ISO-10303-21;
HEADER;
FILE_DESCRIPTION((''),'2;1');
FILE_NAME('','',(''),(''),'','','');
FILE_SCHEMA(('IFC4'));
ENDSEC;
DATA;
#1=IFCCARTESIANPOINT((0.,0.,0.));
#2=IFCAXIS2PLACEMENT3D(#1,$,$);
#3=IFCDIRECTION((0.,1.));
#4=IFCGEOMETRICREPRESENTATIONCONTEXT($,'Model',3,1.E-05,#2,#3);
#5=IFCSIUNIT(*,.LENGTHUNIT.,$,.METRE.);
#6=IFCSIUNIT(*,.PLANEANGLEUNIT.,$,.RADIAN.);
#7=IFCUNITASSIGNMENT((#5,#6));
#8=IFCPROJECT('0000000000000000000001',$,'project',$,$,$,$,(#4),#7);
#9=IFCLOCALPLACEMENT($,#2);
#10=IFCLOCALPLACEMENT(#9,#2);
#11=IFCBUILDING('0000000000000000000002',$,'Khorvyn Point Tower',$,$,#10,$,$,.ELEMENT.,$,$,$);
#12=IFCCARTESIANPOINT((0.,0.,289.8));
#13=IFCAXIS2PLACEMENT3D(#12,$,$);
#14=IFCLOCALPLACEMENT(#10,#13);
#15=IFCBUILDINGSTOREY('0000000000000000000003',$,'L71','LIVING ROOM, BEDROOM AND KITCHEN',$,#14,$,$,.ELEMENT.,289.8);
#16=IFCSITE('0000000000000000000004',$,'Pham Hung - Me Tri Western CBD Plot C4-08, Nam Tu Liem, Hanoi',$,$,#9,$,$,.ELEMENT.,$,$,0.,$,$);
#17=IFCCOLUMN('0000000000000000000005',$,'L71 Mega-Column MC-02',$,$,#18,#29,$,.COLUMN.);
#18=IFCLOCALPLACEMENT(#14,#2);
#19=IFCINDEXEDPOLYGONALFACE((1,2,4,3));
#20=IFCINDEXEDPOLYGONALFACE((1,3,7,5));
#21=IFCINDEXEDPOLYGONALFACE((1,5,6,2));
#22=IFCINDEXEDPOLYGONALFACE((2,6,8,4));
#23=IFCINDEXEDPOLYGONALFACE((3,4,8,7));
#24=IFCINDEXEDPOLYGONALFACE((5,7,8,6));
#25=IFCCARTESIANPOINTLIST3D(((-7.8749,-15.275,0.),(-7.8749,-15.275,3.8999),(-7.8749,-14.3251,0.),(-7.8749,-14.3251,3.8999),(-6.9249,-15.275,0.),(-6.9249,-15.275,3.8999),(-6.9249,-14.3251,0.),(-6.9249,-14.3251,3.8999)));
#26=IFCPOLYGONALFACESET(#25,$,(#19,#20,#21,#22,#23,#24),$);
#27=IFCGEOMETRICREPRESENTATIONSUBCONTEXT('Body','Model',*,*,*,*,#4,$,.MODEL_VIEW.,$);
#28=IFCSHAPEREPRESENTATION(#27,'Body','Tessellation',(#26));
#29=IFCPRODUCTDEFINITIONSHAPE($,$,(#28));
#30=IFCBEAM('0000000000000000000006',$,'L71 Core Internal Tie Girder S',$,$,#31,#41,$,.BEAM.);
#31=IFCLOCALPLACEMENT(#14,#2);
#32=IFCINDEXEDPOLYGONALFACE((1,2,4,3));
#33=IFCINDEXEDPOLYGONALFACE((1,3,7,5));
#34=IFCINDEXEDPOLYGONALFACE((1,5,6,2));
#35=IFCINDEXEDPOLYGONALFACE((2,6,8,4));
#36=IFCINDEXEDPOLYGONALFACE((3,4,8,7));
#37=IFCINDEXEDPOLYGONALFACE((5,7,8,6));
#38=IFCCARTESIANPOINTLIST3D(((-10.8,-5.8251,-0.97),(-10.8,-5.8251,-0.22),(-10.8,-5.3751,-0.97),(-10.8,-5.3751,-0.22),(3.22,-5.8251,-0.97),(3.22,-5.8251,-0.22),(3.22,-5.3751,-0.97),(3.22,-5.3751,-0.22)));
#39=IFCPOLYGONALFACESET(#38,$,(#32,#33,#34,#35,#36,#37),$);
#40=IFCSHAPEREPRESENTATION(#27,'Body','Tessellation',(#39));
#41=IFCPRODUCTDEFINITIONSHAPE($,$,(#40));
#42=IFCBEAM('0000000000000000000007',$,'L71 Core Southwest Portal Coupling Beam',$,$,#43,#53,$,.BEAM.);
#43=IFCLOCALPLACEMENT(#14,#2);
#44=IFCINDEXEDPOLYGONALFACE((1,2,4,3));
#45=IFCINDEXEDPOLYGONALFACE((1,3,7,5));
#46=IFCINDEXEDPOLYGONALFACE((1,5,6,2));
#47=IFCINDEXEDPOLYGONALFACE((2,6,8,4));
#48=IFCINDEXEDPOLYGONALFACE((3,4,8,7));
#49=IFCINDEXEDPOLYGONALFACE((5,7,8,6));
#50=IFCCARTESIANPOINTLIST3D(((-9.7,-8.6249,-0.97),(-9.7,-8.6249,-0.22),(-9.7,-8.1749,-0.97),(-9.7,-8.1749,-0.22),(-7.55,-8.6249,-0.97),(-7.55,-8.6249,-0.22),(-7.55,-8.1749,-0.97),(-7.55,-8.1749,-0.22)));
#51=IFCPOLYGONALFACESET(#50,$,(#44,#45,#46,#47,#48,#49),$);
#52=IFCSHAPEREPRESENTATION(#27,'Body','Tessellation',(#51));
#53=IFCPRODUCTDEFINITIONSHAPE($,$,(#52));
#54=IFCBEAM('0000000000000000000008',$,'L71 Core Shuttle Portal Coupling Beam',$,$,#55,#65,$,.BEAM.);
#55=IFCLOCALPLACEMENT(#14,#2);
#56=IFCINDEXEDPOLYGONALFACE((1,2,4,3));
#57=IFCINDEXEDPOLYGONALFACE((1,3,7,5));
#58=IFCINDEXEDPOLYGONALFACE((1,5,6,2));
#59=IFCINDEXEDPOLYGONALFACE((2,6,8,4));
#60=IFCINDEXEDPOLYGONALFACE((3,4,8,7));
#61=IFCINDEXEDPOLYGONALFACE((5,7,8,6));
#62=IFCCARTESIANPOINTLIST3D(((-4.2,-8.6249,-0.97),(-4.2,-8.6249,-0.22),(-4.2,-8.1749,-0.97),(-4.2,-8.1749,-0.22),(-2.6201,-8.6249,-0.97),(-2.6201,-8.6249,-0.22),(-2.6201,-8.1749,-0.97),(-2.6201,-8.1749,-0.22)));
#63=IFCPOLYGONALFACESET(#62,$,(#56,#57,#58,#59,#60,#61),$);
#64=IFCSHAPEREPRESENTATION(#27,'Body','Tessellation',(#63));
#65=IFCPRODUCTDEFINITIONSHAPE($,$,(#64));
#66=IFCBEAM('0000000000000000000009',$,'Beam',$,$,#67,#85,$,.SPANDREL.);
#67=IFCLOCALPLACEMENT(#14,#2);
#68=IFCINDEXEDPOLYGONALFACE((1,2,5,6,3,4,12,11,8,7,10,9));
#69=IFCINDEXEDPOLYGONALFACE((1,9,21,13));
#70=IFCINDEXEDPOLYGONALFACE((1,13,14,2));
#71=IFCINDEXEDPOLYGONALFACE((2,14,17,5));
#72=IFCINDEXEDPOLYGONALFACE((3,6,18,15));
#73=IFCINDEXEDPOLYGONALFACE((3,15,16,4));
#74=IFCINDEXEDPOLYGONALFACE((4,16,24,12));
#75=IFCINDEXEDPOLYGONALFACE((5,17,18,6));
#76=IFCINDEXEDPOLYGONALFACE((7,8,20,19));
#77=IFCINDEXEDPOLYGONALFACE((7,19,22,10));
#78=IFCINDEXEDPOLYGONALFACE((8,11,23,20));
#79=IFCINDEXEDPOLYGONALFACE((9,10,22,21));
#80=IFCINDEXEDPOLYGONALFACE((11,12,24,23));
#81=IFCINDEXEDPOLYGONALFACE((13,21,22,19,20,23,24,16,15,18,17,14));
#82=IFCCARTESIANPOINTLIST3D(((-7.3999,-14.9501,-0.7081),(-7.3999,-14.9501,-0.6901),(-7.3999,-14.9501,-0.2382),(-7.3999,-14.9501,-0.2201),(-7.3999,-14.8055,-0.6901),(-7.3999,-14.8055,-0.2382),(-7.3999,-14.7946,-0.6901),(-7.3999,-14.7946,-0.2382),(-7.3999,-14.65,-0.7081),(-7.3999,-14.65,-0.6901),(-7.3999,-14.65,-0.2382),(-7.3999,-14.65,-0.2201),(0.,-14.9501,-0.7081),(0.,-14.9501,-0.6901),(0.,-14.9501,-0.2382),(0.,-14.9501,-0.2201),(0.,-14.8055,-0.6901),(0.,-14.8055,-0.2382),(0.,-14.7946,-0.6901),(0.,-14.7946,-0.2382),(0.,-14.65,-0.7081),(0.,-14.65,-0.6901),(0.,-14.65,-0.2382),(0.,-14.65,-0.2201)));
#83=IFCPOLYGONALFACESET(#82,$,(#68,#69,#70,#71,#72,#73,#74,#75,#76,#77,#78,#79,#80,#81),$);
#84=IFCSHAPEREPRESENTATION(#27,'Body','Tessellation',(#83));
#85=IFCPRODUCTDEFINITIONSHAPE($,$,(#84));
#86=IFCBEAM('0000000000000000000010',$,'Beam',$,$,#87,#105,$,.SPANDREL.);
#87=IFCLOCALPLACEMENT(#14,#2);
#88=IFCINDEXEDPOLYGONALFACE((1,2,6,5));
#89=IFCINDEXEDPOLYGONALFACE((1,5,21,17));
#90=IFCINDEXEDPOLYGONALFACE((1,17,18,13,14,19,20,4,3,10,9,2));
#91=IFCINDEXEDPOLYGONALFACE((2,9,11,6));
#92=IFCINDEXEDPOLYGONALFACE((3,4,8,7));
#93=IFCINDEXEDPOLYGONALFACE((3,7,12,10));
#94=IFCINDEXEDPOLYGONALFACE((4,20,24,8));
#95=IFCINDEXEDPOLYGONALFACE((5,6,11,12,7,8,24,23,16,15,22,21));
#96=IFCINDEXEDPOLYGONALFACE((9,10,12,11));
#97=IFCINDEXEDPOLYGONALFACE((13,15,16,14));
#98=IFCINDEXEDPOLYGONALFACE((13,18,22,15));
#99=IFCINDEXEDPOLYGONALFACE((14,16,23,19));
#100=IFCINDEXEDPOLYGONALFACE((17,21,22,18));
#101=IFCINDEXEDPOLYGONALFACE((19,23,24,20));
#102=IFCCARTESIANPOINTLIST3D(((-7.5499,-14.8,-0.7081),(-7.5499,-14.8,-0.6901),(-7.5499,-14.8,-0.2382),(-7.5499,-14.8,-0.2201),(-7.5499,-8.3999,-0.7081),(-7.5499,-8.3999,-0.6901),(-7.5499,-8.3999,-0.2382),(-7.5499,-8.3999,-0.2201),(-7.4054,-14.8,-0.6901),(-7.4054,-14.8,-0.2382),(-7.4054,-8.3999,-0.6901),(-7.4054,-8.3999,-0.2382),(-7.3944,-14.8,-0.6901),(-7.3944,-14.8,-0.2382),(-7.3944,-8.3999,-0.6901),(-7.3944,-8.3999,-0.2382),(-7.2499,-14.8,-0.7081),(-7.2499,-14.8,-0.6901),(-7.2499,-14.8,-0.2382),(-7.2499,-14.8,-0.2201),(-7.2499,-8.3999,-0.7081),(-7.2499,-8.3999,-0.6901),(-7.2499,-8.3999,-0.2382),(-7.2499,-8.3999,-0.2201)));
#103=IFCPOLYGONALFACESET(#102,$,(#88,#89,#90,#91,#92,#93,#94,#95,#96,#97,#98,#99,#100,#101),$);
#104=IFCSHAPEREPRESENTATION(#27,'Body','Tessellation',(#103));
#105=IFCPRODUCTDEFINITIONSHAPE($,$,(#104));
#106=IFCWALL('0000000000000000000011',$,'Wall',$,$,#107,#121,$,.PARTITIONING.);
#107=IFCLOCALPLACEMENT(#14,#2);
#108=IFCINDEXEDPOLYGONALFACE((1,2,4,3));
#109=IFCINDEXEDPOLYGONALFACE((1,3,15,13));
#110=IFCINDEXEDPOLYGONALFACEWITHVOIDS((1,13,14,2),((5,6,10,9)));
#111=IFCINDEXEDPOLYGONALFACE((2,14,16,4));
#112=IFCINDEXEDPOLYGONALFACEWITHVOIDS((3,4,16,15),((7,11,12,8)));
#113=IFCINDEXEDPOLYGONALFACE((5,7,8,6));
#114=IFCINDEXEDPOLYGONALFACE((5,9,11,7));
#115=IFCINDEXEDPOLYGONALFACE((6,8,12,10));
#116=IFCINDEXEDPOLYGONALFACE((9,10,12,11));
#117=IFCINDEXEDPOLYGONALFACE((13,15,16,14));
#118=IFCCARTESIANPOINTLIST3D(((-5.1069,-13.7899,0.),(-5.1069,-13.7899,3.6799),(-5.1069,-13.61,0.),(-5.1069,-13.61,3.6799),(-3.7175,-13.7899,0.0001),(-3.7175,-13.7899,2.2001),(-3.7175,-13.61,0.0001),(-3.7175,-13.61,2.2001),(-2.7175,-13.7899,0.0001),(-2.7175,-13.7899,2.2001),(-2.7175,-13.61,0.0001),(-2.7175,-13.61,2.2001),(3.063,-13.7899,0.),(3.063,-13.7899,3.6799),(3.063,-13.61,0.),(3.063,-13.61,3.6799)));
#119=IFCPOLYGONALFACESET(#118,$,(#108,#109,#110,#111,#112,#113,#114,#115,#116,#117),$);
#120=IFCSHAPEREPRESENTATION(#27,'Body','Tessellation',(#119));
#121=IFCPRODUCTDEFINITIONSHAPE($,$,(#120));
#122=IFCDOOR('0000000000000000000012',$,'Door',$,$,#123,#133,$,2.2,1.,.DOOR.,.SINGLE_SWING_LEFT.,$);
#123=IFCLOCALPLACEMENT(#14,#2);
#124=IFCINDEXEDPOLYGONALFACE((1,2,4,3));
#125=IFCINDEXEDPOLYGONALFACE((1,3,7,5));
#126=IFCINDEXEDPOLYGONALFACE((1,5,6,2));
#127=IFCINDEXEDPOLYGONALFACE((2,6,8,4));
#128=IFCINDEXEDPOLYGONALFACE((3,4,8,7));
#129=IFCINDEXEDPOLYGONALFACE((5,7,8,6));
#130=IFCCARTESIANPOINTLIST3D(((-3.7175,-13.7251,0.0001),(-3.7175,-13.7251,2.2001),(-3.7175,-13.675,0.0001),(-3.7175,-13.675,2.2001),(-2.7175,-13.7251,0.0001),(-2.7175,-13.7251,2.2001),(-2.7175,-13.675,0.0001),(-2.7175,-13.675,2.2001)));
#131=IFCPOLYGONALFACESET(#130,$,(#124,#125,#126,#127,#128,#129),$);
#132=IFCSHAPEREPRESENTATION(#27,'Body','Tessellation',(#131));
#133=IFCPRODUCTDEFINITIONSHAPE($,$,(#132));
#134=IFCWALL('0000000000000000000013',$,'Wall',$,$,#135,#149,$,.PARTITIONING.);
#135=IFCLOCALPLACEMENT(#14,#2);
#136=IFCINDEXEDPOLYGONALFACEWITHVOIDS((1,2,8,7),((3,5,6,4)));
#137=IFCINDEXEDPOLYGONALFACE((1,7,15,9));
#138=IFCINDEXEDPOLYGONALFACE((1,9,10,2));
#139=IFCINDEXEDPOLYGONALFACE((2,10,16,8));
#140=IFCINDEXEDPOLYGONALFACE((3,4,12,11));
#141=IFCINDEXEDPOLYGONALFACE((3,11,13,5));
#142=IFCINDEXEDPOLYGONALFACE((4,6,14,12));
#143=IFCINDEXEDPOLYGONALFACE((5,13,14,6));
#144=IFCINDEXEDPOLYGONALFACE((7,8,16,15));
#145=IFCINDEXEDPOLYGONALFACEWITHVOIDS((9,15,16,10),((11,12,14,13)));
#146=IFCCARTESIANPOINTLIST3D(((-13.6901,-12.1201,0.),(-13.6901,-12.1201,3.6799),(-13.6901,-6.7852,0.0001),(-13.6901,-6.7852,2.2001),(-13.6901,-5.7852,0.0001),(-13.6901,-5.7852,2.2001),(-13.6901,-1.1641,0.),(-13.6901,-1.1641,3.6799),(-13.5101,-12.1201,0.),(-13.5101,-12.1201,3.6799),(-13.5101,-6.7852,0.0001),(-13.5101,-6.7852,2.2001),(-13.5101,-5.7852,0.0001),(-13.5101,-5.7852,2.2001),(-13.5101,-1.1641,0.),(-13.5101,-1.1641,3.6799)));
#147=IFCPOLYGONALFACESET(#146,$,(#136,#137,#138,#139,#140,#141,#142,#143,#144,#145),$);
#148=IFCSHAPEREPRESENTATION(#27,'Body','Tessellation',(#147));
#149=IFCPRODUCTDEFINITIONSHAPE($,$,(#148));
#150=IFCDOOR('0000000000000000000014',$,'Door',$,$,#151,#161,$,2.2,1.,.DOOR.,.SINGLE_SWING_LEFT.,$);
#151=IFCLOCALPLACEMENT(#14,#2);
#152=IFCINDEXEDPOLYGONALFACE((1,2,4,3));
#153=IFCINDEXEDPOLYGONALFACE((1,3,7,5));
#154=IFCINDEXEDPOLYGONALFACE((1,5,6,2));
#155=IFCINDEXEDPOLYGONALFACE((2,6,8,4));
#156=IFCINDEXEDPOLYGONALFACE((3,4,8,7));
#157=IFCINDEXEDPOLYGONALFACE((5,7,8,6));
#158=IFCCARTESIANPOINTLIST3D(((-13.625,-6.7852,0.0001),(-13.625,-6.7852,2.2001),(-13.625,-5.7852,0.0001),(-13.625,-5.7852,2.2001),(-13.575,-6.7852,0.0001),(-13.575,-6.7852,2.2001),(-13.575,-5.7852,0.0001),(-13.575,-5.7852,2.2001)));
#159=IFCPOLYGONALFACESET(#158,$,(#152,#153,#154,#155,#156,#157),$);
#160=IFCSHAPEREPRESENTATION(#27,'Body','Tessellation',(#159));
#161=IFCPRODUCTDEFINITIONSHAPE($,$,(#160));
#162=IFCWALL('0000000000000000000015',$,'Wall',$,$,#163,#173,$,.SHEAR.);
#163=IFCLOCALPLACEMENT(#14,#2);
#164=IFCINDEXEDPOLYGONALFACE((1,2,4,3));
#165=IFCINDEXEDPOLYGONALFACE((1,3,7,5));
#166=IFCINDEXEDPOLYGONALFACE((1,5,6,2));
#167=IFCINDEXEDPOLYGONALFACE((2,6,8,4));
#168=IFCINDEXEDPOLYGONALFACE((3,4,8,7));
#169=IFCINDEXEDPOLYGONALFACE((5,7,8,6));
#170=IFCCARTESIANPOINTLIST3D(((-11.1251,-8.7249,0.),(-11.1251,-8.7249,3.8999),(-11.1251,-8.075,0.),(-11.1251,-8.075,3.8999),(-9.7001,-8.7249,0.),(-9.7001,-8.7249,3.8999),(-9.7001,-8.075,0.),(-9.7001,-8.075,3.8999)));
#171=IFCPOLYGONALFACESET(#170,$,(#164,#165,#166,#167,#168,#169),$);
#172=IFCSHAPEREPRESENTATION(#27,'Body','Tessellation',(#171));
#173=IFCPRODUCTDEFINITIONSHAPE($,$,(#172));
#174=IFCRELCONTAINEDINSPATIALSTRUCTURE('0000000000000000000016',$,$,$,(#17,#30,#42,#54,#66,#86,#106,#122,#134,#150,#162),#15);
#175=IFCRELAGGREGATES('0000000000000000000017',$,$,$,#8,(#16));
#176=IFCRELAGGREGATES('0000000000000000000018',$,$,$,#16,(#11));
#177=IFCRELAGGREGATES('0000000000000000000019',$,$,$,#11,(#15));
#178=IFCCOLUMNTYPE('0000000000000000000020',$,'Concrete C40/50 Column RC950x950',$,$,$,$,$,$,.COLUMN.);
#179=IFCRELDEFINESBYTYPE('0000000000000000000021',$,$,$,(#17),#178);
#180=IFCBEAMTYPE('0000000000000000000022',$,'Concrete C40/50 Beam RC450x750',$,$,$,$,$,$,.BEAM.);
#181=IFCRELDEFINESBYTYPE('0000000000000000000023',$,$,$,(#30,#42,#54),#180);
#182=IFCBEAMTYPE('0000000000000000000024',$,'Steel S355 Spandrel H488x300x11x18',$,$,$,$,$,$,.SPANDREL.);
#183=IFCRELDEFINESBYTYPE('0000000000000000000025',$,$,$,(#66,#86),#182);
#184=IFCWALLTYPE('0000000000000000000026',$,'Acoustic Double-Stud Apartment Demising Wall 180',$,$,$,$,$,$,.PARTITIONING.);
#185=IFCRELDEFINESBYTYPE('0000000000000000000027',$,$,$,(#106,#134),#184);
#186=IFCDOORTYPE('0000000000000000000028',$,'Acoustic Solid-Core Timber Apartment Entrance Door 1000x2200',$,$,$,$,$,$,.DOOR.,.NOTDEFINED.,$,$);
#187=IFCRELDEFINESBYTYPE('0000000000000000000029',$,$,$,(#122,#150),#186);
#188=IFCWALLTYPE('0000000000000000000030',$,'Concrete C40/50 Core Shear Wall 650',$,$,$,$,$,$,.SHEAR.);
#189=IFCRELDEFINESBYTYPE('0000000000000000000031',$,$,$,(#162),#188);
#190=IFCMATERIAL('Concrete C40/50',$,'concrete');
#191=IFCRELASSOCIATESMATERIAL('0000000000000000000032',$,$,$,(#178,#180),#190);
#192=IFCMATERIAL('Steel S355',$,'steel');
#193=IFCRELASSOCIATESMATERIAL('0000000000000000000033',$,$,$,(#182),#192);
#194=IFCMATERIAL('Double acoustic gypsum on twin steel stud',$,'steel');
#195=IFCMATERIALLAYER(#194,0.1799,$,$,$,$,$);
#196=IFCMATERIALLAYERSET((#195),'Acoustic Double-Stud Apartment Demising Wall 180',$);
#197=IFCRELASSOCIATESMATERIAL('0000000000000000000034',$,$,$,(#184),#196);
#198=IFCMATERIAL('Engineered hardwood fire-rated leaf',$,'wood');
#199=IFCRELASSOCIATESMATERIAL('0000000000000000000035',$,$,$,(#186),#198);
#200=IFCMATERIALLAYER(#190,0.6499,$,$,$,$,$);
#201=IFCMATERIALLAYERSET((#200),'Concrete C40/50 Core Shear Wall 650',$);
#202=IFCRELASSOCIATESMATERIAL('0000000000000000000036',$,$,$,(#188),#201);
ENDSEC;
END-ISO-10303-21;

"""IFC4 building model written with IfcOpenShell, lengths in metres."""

from ifc_helpers import new_model, si_unit, direction, frame, frame_2d, origin, origin_2d, place, context, subcontext, project, spatial, rectangle, i_section, extrude, material, layer, layer_set, material_profile, profile_set, type_object, element, fill, save


model = new_model("IFC4")

# Units and contexts
model_context = context("Model", 3, precision=1e-05, world=origin(), true_north=direction((0.0, 1.0)))
body_context = subcontext(model_context, "Body", "Model", "MODEL_VIEW")
ifc_project = project(units=[si_unit("LENGTHUNIT", "METRE"), si_unit("PLANEANGLEUNIT", "RADIAN")], contexts=[model_context])

# Site, building, storey
site_placement = place(None, origin())
site = spatial("IfcSite", under=ifc_project, at=site_placement, Name="Pham Hung - Me Tri Western CBD Plot C4-08, Nam Tu Liem, Hanoi", CompositionType="ELEMENT", RefElevation=0.0)
building_placement = place(site_placement, origin())
building = spatial("IfcBuilding", under=site, at=building_placement, Name="Khorvyn Point Tower", CompositionType="ELEMENT")
storey_placement = place(building_placement, frame((0.0, 0.0, 289.8)))
storey = spatial("IfcBuildingStorey", under=building, at=storey_placement, Name="L71", Description="LIVING ROOM, BEDROOM AND KITCHEN", CompositionType="ELEMENT", Elevation=289.8)

# Column
ifc_material_1 = material(Name="Concrete C40/50", Category="concrete")
ifc_material_profile_1 = material_profile(ifc_material_1, rectangle(XDim=0.95, YDim=0.95, at=origin_2d()))
ifc_profile_set_1 = profile_set([ifc_material_profile_1], Name="Concrete C40/50 RC950x950")
column_type = type_object("IfcColumnType", Name="Concrete C40/50 Column RC950x950", PredefinedType="COLUMN", material=ifc_profile_set_1)
column_placement = place(storey_placement, frame((-7.3999, -14.8, 0.0), z_axis=(0.0, 0.0, 1.0), x_axis=(1.0, 0.0, 0.0)))
element("IfcColumn", 1, at=column_placement, inside=storey, type_object=column_type, Name="L71 Mega-Column MC-02", PredefinedType="COLUMN", context=body_context, shape_type="SweptSolid", body=[
    extrude(rectangle(XDim=0.95, YDim=0.95, at=origin_2d()), origin(), (0.0, 0.0, 1.0), 3.8999),
])

# Beams
ifc_material_profile_2 = material_profile(ifc_material_1, rectangle(XDim=0.45, YDim=0.75, at=origin_2d()))
ifc_profile_set_2 = profile_set([ifc_material_profile_2], Name="Concrete C40/50 RC450x750")
beam_type_1 = type_object("IfcBeamType", Name="Concrete C40/50 Beam RC450x750", PredefinedType="BEAM", material=ifc_profile_set_2)
beam_1_placement = place(storey_placement, frame((-10.8, -5.6001, -0.595), z_axis=(1.0, 0.0, 0.0), x_axis=(0.0, 1.0, 0.0)))
element("IfcBeam", 2, at=beam_1_placement, inside=storey, type_object=beam_type_1, Name="L71 Core Internal Tie Girder S", PredefinedType="BEAM", context=body_context, shape_type="SweptSolid", body=[
    extrude(rectangle(XDim=0.45, YDim=0.75, at=origin_2d()), origin(), (0.0, 0.0, 1.0), 14.02),
])
beam_2_placement = place(storey_placement, frame((-9.7, -8.3999, -0.595), z_axis=(1.0, 0.0, 0.0), x_axis=(0.0, 1.0, 0.0)))
element("IfcBeam", 3, at=beam_2_placement, inside=storey, type_object=beam_type_1, Name="L71 Core Southwest Portal Coupling Beam", PredefinedType="BEAM", context=body_context, shape_type="SweptSolid", body=[
    extrude(rectangle(XDim=0.45, YDim=0.75, at=origin_2d()), origin(), (0.0, 0.0, 1.0), 2.1499),
])
beam_3_placement = place(storey_placement, frame((-4.2, -8.3999, -0.595), z_axis=(1.0, 0.0, 0.0), x_axis=(0.0, 1.0, 0.0)))
element("IfcBeam", 4, at=beam_3_placement, inside=storey, type_object=beam_type_1, Name="L71 Core Shuttle Portal Coupling Beam", PredefinedType="BEAM", context=body_context, shape_type="SweptSolid", body=[
    extrude(rectangle(XDim=0.45, YDim=0.75, at=origin_2d()), origin(), (0.0, 0.0, 1.0), 1.5798),
])
ifc_material_2 = material(Name="Steel S355", Category="steel")
ifc_material_profile_3 = material_profile(ifc_material_2, i_section(OverallWidth=0.3, OverallDepth=0.488, WebThickness=0.011, FlangeThickness=0.0181, at=origin_2d()))
ifc_profile_set_3 = profile_set([ifc_material_profile_3], Name="Steel S355 H488x300x11x18")
beam_type_2 = type_object("IfcBeamType", Name="Steel S355 Spandrel H488x300x11x18", PredefinedType="SPANDREL", material=ifc_profile_set_3)
beam_4_placement = place(storey_placement, frame((-7.3999, -14.8, -0.4641), z_axis=(1.0, 0.0, 0.0), x_axis=(0.0, 1.0, 0.0)))
element("IfcBeam", 5, at=beam_4_placement, inside=storey, type_object=beam_type_2, Name="Beam", PredefinedType="SPANDREL", context=body_context, shape_type="SweptSolid", body=[
    extrude(i_section(OverallWidth=0.3, OverallDepth=0.488, WebThickness=0.011, FlangeThickness=0.0181, at=origin_2d()), origin(), (0.0, 0.0, 1.0), 7.3999),
])
beam_5_placement = place(storey_placement, frame((-7.3999, -14.8, -0.4641), z_axis=(0.0, 1.0, 0.0), x_axis=(-1.0, 0.0, 0.0)))
element("IfcBeam", 6, at=beam_5_placement, inside=storey, type_object=beam_type_2, Name="Beam", PredefinedType="SPANDREL", context=body_context, shape_type="SweptSolid", body=[
    extrude(i_section(OverallWidth=0.3, OverallDepth=0.488, WebThickness=0.011, FlangeThickness=0.0181, at=origin_2d()), origin(), (0.0, 0.0, 1.0), 6.4001),
])

# Walls, openings, doors
ifc_material_3 = material(Name="Double acoustic gypsum on twin steel stud", Category="steel")
ifc_layer_1 = layer(ifc_material_3, 0.1799)
ifc_layer_set_1 = layer_set([ifc_layer_1], Name="Acoustic Double-Stud Apartment Demising Wall 180")
wall_type_1 = type_object("IfcWallType", Name="Acoustic Double-Stud Apartment Demising Wall 180", PredefinedType="PARTITIONING", material=ifc_layer_set_1)
wall_1_placement = place(storey_placement, frame((-5.1069, -13.7, 0.0), z_axis=(0.0, 0.0, 1.0), x_axis=(1.0, 0.0, 0.0)))
wall_1 = element("IfcWall", 7, at=wall_1_placement, inside=storey, type_object=wall_type_1, Name="Wall", PredefinedType="PARTITIONING", context=body_context, shape_type="SweptSolid", body=[
    extrude(rectangle(XDim=8.1699, YDim=0.1799, at=frame_2d((4.085, 0.0))), origin(), (0.0, 0.0, 1.0), 3.6799),
])
opening_1_placement = place(wall_1_placement, frame((1.3894, 0.0, 0.0)))
opening_1 = element("IfcOpeningElement", 8, at=opening_1_placement, cuts=wall_1, PredefinedType="OPENING", context=body_context, shape_type="SweptSolid", body=[
    extrude(rectangle(XDim=1.0, YDim=2.2, at=frame_2d((0.5, 1.1001))), frame((0.0, 0.0999, 0.0), z_axis=(0.0, -1.0, 0.0), x_axis=(1.0, 0.0, 0.0)), (0.0, 0.0, 1.0), 0.2),
])
ifc_material_4 = material(Name="Engineered hardwood fire-rated leaf", Category="wood")
door_type_1 = type_object("IfcDoorType", Name="Acoustic Solid-Core Timber Apartment Entrance Door 1000x2200", OperationType="NOTDEFINED", PredefinedType="DOOR", material=ifc_material_4)
door_1_placement = place(opening_1_placement, origin())
door_1 = element("IfcDoor", 9, at=door_1_placement, inside=storey, type_object=door_type_1, Name="Door", OperationType="SINGLE_SWING_LEFT", OverallHeight=2.2, OverallWidth=1.0, PredefinedType="DOOR", context=body_context, shape_type="SweptSolid", body=[
    extrude(rectangle(XDim=1.0, YDim=2.2, at=frame_2d((0.5, 1.1001))), frame((0.0, 0.0249, 0.0), z_axis=(0.0, -1.0, 0.0), x_axis=(1.0, 0.0, 0.0)), (0.0, 0.0, 1.0), 0.05),
])
fill(opening_1, door_1)
wall_2_placement = place(storey_placement, frame((-13.6001, -12.1201, 0.0), z_axis=(0.0, 0.0, 1.0), x_axis=(0.0, 1.0, 0.0)))
wall_2 = element("IfcWall", 10, at=wall_2_placement, inside=storey, type_object=wall_type_1, Name="Wall", PredefinedType="PARTITIONING", context=body_context, shape_type="SweptSolid", body=[
    extrude(rectangle(XDim=10.9561, YDim=0.1799, at=frame_2d((5.478, 0.0))), origin(), (0.0, 0.0, 1.0), 3.6799),
])
opening_2_placement = place(wall_2_placement, frame((5.335, 0.0, 0.0)))
opening_2 = element("IfcOpeningElement", 11, at=opening_2_placement, cuts=wall_2, PredefinedType="OPENING", context=body_context, shape_type="SweptSolid", body=[
    extrude(rectangle(XDim=1.0, YDim=2.2, at=frame_2d((0.5, 1.1001))), frame((0.0, 0.0999, 0.0), z_axis=(0.0, -1.0, 0.0), x_axis=(1.0, 0.0, 0.0)), (0.0, 0.0, 1.0), 0.2),
])
door_2_placement = place(opening_2_placement, origin())
door_2 = element("IfcDoor", 12, at=door_2_placement, inside=storey, type_object=door_type_1, Name="Door", OperationType="SINGLE_SWING_LEFT", OverallHeight=2.2, OverallWidth=1.0, PredefinedType="DOOR", context=body_context, shape_type="SweptSolid", body=[
    extrude(rectangle(XDim=1.0, YDim=2.2, at=frame_2d((0.5, 1.1001))), frame((0.0, 0.0249, 0.0), z_axis=(0.0, -1.0, 0.0), x_axis=(1.0, 0.0, 0.0)), (0.0, 0.0, 1.0), 0.05),
])
fill(opening_2, door_2)

# Wall
ifc_layer_2 = layer(ifc_material_1, 0.6499)
ifc_layer_set_2 = layer_set([ifc_layer_2], Name="Concrete C40/50 Core Shear Wall 650")
wall_type_2 = type_object("IfcWallType", Name="Concrete C40/50 Core Shear Wall 650", PredefinedType="SHEAR", material=ifc_layer_set_2)
wall_3_placement = place(storey_placement, frame((-11.125, -8.3999, 0.0), z_axis=(0.0, 0.0, 1.0), x_axis=(1.0, 0.0, 0.0)))
element("IfcWall", 13, at=wall_3_placement, inside=storey, type_object=wall_type_2, Name="Wall", PredefinedType="SHEAR", context=body_context, shape_type="SweptSolid", body=[
    extrude(rectangle(XDim=1.425, YDim=0.6499, at=frame_2d((0.7124, 0.0))), origin(), (0.0, 0.0, 1.0), 3.8999),
])

save(model, "model.ifc")
